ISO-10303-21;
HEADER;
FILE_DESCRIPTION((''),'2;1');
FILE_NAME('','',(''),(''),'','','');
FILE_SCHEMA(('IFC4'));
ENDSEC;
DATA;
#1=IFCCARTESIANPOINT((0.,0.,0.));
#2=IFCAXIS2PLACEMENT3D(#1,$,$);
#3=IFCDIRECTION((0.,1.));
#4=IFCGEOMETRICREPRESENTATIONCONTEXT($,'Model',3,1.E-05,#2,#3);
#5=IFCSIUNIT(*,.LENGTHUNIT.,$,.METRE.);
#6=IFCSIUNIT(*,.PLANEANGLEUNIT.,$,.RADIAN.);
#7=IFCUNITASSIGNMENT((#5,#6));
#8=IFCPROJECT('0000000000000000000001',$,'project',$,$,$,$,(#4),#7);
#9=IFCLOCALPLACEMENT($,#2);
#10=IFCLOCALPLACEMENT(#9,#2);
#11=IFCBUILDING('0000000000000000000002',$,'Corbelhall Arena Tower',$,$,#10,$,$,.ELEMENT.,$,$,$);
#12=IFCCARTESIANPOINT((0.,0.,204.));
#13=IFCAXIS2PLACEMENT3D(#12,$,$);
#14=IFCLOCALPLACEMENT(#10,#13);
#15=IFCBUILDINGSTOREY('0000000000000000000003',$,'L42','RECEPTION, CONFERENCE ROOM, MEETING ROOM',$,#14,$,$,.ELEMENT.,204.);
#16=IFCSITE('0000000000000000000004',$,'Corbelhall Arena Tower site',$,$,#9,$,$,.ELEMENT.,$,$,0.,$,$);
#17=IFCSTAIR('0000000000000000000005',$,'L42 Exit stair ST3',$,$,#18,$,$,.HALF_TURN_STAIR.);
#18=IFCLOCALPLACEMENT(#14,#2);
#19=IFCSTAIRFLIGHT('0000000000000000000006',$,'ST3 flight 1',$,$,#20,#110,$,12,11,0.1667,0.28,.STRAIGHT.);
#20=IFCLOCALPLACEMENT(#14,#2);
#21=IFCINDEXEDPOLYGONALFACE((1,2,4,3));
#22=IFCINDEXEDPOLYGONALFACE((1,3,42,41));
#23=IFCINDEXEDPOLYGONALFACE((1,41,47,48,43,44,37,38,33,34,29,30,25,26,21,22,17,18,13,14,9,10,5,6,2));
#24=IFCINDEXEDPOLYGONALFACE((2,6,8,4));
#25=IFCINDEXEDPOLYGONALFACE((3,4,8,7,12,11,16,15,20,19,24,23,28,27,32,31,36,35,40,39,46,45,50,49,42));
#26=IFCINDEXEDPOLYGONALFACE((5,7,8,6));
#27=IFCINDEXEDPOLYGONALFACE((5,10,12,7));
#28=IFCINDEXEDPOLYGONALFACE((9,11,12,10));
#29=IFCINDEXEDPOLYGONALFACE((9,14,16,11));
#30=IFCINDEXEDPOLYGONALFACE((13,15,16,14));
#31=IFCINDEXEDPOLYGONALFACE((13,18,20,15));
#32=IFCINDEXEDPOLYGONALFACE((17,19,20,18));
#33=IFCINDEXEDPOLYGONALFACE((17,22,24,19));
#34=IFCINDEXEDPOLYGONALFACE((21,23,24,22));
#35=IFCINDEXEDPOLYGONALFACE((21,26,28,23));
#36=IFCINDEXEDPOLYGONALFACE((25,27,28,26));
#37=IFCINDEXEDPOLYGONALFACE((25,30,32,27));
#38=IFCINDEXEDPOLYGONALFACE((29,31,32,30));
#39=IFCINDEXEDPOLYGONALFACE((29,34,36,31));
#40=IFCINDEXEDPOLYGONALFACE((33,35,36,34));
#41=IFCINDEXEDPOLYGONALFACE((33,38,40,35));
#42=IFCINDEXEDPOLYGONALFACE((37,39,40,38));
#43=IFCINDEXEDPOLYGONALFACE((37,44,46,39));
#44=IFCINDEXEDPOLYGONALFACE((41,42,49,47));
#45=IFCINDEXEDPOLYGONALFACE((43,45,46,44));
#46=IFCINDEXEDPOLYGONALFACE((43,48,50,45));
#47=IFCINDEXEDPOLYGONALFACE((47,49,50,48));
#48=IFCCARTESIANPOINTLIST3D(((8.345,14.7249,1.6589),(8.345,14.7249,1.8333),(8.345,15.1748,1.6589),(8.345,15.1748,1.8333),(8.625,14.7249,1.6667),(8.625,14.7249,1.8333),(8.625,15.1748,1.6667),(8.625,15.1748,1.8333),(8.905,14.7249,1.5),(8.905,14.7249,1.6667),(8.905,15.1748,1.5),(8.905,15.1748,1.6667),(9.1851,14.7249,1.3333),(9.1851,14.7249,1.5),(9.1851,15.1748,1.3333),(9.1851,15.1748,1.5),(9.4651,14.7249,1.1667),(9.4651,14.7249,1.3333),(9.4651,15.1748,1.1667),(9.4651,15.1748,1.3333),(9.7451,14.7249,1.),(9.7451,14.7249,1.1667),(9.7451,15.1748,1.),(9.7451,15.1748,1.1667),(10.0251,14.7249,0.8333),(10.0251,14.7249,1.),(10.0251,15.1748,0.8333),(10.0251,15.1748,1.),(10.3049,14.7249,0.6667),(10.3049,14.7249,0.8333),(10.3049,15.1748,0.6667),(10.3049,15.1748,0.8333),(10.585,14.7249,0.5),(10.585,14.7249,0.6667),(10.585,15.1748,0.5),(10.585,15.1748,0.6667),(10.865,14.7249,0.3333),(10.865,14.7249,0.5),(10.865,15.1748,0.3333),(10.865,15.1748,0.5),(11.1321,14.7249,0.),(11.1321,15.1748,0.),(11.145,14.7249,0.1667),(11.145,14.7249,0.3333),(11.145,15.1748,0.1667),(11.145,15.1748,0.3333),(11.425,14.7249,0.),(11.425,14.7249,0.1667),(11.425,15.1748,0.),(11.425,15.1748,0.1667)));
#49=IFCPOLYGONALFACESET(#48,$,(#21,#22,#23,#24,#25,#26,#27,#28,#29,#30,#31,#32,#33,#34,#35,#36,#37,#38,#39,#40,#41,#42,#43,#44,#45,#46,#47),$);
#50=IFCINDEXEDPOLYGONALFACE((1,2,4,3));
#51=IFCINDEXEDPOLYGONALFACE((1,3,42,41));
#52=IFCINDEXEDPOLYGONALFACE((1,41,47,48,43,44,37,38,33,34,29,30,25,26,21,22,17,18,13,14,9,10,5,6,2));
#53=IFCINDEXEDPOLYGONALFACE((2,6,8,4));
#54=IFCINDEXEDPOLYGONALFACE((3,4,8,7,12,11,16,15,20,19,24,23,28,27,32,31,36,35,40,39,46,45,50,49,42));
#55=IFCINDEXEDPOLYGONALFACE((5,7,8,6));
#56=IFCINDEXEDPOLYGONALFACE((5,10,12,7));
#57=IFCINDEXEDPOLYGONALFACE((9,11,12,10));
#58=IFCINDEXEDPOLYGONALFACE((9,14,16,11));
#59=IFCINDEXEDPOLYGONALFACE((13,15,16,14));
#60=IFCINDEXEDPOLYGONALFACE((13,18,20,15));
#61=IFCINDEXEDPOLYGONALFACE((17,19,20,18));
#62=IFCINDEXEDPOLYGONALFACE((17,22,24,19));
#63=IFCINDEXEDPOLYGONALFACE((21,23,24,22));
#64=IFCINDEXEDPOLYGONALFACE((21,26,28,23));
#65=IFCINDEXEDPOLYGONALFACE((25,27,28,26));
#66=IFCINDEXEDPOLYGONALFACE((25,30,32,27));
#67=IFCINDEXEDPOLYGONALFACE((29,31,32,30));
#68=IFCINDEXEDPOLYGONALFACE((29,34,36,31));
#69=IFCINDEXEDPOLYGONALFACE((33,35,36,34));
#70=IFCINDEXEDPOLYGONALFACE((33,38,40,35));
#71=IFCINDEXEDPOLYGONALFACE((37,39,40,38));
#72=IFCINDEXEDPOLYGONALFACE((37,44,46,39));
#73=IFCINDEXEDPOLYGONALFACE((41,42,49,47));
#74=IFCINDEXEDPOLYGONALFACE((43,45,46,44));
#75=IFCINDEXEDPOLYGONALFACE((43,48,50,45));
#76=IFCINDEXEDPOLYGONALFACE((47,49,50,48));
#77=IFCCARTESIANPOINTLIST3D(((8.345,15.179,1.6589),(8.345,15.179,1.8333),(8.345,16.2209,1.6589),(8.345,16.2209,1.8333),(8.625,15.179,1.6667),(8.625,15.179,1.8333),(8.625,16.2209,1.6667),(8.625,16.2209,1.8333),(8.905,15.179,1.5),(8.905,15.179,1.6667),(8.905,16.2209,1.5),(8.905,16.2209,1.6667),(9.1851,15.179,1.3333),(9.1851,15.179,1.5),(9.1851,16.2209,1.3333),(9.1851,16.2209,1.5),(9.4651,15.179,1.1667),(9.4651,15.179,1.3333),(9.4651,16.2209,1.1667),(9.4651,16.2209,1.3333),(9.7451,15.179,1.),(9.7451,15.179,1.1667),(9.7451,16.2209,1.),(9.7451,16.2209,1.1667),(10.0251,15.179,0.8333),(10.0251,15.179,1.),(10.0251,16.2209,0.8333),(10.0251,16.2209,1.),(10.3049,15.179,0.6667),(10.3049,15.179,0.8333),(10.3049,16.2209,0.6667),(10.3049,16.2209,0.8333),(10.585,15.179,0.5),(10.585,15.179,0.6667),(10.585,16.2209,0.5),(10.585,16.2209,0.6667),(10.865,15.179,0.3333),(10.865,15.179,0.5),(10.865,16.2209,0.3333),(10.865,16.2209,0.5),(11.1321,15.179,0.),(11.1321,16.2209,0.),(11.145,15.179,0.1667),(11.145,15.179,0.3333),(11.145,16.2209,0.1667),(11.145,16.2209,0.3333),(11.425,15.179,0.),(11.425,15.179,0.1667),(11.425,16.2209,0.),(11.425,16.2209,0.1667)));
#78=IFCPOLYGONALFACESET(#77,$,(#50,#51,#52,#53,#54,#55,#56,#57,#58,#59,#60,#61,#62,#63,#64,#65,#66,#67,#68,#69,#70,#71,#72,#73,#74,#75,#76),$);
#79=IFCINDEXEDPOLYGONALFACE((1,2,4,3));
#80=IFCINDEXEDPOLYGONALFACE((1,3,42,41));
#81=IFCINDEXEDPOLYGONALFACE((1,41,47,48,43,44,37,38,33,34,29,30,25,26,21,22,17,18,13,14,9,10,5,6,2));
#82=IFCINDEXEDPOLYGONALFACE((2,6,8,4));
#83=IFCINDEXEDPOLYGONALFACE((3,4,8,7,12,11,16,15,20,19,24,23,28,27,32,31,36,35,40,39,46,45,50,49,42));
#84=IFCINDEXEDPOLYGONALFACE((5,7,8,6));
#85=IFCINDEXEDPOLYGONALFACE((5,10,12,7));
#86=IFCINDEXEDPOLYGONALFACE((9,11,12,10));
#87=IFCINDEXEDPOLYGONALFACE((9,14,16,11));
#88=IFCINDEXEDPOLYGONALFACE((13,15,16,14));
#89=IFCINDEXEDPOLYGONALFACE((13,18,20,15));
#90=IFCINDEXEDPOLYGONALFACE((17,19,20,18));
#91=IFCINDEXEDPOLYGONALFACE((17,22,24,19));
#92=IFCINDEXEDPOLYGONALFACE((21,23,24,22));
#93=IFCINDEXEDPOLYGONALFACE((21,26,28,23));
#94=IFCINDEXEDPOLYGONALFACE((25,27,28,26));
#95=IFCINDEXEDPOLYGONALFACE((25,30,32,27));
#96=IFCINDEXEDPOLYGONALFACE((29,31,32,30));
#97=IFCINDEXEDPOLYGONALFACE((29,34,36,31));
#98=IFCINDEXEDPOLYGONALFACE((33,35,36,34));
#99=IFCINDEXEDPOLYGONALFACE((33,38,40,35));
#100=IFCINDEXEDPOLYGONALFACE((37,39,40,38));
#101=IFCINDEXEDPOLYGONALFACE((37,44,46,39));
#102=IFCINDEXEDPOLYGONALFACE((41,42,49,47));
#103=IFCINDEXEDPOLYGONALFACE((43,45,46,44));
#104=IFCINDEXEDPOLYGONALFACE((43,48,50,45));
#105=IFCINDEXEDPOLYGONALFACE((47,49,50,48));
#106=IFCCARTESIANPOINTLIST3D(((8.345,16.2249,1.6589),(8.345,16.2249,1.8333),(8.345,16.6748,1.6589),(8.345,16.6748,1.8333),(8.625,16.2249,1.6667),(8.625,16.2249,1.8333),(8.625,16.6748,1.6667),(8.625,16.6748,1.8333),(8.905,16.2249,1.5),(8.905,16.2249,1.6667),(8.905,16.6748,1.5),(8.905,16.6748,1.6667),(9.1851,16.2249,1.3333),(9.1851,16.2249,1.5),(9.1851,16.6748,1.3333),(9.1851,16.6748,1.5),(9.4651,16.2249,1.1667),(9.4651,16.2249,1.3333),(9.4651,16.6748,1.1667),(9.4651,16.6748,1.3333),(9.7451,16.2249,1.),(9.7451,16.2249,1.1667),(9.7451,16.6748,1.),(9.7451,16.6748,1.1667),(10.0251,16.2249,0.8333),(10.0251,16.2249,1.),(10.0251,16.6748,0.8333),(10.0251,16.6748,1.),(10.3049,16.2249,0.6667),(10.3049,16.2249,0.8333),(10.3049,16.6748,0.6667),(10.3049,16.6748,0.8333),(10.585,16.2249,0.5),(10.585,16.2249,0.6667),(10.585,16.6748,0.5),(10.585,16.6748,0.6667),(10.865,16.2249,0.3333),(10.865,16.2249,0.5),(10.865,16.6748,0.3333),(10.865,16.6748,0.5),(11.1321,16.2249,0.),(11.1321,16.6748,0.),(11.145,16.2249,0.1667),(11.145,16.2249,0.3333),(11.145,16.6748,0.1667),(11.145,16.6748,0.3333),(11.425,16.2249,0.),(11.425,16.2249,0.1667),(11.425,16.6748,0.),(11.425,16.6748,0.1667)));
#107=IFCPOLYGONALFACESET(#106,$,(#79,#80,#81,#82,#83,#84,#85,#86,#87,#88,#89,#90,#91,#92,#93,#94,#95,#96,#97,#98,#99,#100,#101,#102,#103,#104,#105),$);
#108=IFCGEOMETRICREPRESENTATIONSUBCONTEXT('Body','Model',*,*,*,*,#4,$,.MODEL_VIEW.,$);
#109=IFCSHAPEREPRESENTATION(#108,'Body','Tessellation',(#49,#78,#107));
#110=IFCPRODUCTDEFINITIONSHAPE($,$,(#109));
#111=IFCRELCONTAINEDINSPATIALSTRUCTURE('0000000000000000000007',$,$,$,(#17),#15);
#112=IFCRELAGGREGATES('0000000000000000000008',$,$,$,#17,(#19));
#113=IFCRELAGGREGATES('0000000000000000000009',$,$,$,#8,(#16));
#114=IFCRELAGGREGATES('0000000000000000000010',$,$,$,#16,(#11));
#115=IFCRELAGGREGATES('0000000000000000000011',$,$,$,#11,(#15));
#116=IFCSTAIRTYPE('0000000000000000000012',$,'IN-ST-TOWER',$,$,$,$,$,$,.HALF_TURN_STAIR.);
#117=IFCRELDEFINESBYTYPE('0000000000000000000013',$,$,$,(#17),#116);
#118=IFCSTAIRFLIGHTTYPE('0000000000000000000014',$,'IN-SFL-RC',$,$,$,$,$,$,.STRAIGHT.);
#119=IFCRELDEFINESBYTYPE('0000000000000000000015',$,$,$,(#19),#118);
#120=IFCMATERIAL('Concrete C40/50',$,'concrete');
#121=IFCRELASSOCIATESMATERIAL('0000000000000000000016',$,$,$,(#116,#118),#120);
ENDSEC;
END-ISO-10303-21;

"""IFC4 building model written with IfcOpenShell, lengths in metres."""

from ifc_helpers import new_model, si_unit, direction, frame, origin, place, context, subcontext, project, spatial, polyline, outline, extrude, material, type_object, element, aggregate, save


model = new_model("IFC4")

# Units and contexts
model_context = context("Model", 3, precision=1e-05, world=origin(), true_north=direction((0.0, 1.0)))
body_context = subcontext(model_context, "Body", "Model", "MODEL_VIEW")
ifc_project = project(units=[si_unit("LENGTHUNIT", "METRE"), si_unit("PLANEANGLEUNIT", "RADIAN")], contexts=[model_context])

# Site, building, storey
site_placement = place(None, origin())
site = spatial("IfcSite", under=ifc_project, at=site_placement, Name="Corbelhall Arena Tower site", CompositionType="ELEMENT", RefElevation=0.0)
building_placement = place(site_placement, origin())
building = spatial("IfcBuilding", under=site, at=building_placement, Name="Corbelhall Arena Tower", CompositionType="ELEMENT")
storey_placement = place(building_placement, frame((0.0, 0.0, 204.0)))
storey = spatial("IfcBuildingStorey", under=building, at=storey_placement, Name="L42", Description="RECEPTION, CONFERENCE ROOM, MEETING ROOM", CompositionType="ELEMENT", Elevation=204.0)

# Shared definitions
ifc_material_1 = material(Name="Concrete C40/50", Category="concrete")

# Stair, stair flight
stair_type = type_object("IfcStairType", Name="IN-ST-TOWER", PredefinedType="HALF_TURN_STAIR", material=ifc_material_1)
stair_placement = place(storey_placement, origin())
stair = element("IfcStair", 1, at=stair_placement, inside=storey, type_object=stair_type, Name="L42 Exit stair ST3", PredefinedType="HALF_TURN_STAIR")
stair_flight_type = type_object("IfcStairFlightType", Name="IN-SFL-RC", PredefinedType="STRAIGHT", material=ifc_material_1)
stair_flight_placement = place(storey_placement, frame((11.425, 15.7, 0.0), z_axis=(0.0, 0.0, 1.0), x_axis=(-1.0, 0.0, 0.0)))
stair_flight = element("IfcStairFlight", 2, at=stair_flight_placement, type_object=stair_flight_type, Name="ST3 flight 1", NumberOfRisers=12, NumberOfTreads=11, PredefinedType="STRAIGHT", RiserHeight=0.1667, TreadLength=0.28, context=body_context, shape_type="SweptSolid", body=[
    extrude(outline(polyline([(0.0, 0.0), (0.0, 0.1667), (0.28, 0.1667), (0.28, 0.3333), (0.5601, 0.3333), (0.5601, 0.5), (0.8401, 0.5), (0.8401, 0.6667), (1.1201, 0.6667), (1.1201, 0.8333), (1.3999, 0.8333), (1.3999, 1.0), (1.6799, 1.0), (1.6799, 1.1667), (1.96, 1.1667), (1.96, 1.3333), (2.24, 1.3333), (2.24, 1.5), (2.52, 1.5), (2.52, 1.6667), (2.8, 1.6667), (2.8, 1.8333), (3.0801, 1.8333), (3.0801, 2.0), (3.0801, 1.6589), (0.293, 0.0), (0.0, 0.0)])), frame((0.0, 0.9751, 0.0), z_axis=(0.0, -1.0, 0.0), x_axis=(1.0, 0.0, 0.0)), (0.0, 0.0, 1.0), 0.45),
    extrude(outline(polyline([(0.0, 0.0), (0.0, 0.1667), (0.28, 0.1667), (0.28, 0.3333), (0.5601, 0.3333), (0.5601, 0.5), (0.8401, 0.5), (0.8401, 0.6667), (1.1201, 0.6667), (1.1201, 0.8333), (1.3999, 0.8333), (1.3999, 1.0), (1.6799, 1.0), (1.6799, 1.1667), (1.96, 1.1667), (1.96, 1.3333), (2.24, 1.3333), (2.24, 1.5), (2.52, 1.5), (2.52, 1.6667), (2.8, 1.6667), (2.8, 1.8333), (3.0801, 1.8333), (3.0801, 2.0), (3.0801, 1.6589), (0.293, 0.0), (0.0, 0.0)])), frame((0.0, 0.521, 0.0), z_axis=(0.0, -1.0, 0.0), x_axis=(1.0, 0.0, 0.0)), (0.0, 0.0, 1.0), 1.042),
    extrude(outline(polyline([(0.0, 0.0), (0.0, 0.1667), (0.28, 0.1667), (0.28, 0.3333), (0.5601, 0.3333), (0.5601, 0.5), (0.8401, 0.5), (0.8401, 0.6667), (1.1201, 0.6667), (1.1201, 0.8333), (1.3999, 0.8333), (1.3999, 1.0), (1.6799, 1.0), (1.6799, 1.1667), (1.96, 1.1667), (1.96, 1.3333), (2.24, 1.3333), (2.24, 1.5), (2.52, 1.5), (2.52, 1.6667), (2.8, 1.6667), (2.8, 1.8333), (3.0801, 1.8333), (3.0801, 2.0), (3.0801, 1.6589), (0.293, 0.0), (0.0, 0.0)])), frame((0.0, -0.5249, 0.0), z_axis=(0.0, -1.0, 0.0), x_axis=(1.0, 0.0, 0.0)), (0.0, 0.0, 1.0), 0.45),
])
aggregate(stair, [stair_flight])

save(model, "model.ifc")
